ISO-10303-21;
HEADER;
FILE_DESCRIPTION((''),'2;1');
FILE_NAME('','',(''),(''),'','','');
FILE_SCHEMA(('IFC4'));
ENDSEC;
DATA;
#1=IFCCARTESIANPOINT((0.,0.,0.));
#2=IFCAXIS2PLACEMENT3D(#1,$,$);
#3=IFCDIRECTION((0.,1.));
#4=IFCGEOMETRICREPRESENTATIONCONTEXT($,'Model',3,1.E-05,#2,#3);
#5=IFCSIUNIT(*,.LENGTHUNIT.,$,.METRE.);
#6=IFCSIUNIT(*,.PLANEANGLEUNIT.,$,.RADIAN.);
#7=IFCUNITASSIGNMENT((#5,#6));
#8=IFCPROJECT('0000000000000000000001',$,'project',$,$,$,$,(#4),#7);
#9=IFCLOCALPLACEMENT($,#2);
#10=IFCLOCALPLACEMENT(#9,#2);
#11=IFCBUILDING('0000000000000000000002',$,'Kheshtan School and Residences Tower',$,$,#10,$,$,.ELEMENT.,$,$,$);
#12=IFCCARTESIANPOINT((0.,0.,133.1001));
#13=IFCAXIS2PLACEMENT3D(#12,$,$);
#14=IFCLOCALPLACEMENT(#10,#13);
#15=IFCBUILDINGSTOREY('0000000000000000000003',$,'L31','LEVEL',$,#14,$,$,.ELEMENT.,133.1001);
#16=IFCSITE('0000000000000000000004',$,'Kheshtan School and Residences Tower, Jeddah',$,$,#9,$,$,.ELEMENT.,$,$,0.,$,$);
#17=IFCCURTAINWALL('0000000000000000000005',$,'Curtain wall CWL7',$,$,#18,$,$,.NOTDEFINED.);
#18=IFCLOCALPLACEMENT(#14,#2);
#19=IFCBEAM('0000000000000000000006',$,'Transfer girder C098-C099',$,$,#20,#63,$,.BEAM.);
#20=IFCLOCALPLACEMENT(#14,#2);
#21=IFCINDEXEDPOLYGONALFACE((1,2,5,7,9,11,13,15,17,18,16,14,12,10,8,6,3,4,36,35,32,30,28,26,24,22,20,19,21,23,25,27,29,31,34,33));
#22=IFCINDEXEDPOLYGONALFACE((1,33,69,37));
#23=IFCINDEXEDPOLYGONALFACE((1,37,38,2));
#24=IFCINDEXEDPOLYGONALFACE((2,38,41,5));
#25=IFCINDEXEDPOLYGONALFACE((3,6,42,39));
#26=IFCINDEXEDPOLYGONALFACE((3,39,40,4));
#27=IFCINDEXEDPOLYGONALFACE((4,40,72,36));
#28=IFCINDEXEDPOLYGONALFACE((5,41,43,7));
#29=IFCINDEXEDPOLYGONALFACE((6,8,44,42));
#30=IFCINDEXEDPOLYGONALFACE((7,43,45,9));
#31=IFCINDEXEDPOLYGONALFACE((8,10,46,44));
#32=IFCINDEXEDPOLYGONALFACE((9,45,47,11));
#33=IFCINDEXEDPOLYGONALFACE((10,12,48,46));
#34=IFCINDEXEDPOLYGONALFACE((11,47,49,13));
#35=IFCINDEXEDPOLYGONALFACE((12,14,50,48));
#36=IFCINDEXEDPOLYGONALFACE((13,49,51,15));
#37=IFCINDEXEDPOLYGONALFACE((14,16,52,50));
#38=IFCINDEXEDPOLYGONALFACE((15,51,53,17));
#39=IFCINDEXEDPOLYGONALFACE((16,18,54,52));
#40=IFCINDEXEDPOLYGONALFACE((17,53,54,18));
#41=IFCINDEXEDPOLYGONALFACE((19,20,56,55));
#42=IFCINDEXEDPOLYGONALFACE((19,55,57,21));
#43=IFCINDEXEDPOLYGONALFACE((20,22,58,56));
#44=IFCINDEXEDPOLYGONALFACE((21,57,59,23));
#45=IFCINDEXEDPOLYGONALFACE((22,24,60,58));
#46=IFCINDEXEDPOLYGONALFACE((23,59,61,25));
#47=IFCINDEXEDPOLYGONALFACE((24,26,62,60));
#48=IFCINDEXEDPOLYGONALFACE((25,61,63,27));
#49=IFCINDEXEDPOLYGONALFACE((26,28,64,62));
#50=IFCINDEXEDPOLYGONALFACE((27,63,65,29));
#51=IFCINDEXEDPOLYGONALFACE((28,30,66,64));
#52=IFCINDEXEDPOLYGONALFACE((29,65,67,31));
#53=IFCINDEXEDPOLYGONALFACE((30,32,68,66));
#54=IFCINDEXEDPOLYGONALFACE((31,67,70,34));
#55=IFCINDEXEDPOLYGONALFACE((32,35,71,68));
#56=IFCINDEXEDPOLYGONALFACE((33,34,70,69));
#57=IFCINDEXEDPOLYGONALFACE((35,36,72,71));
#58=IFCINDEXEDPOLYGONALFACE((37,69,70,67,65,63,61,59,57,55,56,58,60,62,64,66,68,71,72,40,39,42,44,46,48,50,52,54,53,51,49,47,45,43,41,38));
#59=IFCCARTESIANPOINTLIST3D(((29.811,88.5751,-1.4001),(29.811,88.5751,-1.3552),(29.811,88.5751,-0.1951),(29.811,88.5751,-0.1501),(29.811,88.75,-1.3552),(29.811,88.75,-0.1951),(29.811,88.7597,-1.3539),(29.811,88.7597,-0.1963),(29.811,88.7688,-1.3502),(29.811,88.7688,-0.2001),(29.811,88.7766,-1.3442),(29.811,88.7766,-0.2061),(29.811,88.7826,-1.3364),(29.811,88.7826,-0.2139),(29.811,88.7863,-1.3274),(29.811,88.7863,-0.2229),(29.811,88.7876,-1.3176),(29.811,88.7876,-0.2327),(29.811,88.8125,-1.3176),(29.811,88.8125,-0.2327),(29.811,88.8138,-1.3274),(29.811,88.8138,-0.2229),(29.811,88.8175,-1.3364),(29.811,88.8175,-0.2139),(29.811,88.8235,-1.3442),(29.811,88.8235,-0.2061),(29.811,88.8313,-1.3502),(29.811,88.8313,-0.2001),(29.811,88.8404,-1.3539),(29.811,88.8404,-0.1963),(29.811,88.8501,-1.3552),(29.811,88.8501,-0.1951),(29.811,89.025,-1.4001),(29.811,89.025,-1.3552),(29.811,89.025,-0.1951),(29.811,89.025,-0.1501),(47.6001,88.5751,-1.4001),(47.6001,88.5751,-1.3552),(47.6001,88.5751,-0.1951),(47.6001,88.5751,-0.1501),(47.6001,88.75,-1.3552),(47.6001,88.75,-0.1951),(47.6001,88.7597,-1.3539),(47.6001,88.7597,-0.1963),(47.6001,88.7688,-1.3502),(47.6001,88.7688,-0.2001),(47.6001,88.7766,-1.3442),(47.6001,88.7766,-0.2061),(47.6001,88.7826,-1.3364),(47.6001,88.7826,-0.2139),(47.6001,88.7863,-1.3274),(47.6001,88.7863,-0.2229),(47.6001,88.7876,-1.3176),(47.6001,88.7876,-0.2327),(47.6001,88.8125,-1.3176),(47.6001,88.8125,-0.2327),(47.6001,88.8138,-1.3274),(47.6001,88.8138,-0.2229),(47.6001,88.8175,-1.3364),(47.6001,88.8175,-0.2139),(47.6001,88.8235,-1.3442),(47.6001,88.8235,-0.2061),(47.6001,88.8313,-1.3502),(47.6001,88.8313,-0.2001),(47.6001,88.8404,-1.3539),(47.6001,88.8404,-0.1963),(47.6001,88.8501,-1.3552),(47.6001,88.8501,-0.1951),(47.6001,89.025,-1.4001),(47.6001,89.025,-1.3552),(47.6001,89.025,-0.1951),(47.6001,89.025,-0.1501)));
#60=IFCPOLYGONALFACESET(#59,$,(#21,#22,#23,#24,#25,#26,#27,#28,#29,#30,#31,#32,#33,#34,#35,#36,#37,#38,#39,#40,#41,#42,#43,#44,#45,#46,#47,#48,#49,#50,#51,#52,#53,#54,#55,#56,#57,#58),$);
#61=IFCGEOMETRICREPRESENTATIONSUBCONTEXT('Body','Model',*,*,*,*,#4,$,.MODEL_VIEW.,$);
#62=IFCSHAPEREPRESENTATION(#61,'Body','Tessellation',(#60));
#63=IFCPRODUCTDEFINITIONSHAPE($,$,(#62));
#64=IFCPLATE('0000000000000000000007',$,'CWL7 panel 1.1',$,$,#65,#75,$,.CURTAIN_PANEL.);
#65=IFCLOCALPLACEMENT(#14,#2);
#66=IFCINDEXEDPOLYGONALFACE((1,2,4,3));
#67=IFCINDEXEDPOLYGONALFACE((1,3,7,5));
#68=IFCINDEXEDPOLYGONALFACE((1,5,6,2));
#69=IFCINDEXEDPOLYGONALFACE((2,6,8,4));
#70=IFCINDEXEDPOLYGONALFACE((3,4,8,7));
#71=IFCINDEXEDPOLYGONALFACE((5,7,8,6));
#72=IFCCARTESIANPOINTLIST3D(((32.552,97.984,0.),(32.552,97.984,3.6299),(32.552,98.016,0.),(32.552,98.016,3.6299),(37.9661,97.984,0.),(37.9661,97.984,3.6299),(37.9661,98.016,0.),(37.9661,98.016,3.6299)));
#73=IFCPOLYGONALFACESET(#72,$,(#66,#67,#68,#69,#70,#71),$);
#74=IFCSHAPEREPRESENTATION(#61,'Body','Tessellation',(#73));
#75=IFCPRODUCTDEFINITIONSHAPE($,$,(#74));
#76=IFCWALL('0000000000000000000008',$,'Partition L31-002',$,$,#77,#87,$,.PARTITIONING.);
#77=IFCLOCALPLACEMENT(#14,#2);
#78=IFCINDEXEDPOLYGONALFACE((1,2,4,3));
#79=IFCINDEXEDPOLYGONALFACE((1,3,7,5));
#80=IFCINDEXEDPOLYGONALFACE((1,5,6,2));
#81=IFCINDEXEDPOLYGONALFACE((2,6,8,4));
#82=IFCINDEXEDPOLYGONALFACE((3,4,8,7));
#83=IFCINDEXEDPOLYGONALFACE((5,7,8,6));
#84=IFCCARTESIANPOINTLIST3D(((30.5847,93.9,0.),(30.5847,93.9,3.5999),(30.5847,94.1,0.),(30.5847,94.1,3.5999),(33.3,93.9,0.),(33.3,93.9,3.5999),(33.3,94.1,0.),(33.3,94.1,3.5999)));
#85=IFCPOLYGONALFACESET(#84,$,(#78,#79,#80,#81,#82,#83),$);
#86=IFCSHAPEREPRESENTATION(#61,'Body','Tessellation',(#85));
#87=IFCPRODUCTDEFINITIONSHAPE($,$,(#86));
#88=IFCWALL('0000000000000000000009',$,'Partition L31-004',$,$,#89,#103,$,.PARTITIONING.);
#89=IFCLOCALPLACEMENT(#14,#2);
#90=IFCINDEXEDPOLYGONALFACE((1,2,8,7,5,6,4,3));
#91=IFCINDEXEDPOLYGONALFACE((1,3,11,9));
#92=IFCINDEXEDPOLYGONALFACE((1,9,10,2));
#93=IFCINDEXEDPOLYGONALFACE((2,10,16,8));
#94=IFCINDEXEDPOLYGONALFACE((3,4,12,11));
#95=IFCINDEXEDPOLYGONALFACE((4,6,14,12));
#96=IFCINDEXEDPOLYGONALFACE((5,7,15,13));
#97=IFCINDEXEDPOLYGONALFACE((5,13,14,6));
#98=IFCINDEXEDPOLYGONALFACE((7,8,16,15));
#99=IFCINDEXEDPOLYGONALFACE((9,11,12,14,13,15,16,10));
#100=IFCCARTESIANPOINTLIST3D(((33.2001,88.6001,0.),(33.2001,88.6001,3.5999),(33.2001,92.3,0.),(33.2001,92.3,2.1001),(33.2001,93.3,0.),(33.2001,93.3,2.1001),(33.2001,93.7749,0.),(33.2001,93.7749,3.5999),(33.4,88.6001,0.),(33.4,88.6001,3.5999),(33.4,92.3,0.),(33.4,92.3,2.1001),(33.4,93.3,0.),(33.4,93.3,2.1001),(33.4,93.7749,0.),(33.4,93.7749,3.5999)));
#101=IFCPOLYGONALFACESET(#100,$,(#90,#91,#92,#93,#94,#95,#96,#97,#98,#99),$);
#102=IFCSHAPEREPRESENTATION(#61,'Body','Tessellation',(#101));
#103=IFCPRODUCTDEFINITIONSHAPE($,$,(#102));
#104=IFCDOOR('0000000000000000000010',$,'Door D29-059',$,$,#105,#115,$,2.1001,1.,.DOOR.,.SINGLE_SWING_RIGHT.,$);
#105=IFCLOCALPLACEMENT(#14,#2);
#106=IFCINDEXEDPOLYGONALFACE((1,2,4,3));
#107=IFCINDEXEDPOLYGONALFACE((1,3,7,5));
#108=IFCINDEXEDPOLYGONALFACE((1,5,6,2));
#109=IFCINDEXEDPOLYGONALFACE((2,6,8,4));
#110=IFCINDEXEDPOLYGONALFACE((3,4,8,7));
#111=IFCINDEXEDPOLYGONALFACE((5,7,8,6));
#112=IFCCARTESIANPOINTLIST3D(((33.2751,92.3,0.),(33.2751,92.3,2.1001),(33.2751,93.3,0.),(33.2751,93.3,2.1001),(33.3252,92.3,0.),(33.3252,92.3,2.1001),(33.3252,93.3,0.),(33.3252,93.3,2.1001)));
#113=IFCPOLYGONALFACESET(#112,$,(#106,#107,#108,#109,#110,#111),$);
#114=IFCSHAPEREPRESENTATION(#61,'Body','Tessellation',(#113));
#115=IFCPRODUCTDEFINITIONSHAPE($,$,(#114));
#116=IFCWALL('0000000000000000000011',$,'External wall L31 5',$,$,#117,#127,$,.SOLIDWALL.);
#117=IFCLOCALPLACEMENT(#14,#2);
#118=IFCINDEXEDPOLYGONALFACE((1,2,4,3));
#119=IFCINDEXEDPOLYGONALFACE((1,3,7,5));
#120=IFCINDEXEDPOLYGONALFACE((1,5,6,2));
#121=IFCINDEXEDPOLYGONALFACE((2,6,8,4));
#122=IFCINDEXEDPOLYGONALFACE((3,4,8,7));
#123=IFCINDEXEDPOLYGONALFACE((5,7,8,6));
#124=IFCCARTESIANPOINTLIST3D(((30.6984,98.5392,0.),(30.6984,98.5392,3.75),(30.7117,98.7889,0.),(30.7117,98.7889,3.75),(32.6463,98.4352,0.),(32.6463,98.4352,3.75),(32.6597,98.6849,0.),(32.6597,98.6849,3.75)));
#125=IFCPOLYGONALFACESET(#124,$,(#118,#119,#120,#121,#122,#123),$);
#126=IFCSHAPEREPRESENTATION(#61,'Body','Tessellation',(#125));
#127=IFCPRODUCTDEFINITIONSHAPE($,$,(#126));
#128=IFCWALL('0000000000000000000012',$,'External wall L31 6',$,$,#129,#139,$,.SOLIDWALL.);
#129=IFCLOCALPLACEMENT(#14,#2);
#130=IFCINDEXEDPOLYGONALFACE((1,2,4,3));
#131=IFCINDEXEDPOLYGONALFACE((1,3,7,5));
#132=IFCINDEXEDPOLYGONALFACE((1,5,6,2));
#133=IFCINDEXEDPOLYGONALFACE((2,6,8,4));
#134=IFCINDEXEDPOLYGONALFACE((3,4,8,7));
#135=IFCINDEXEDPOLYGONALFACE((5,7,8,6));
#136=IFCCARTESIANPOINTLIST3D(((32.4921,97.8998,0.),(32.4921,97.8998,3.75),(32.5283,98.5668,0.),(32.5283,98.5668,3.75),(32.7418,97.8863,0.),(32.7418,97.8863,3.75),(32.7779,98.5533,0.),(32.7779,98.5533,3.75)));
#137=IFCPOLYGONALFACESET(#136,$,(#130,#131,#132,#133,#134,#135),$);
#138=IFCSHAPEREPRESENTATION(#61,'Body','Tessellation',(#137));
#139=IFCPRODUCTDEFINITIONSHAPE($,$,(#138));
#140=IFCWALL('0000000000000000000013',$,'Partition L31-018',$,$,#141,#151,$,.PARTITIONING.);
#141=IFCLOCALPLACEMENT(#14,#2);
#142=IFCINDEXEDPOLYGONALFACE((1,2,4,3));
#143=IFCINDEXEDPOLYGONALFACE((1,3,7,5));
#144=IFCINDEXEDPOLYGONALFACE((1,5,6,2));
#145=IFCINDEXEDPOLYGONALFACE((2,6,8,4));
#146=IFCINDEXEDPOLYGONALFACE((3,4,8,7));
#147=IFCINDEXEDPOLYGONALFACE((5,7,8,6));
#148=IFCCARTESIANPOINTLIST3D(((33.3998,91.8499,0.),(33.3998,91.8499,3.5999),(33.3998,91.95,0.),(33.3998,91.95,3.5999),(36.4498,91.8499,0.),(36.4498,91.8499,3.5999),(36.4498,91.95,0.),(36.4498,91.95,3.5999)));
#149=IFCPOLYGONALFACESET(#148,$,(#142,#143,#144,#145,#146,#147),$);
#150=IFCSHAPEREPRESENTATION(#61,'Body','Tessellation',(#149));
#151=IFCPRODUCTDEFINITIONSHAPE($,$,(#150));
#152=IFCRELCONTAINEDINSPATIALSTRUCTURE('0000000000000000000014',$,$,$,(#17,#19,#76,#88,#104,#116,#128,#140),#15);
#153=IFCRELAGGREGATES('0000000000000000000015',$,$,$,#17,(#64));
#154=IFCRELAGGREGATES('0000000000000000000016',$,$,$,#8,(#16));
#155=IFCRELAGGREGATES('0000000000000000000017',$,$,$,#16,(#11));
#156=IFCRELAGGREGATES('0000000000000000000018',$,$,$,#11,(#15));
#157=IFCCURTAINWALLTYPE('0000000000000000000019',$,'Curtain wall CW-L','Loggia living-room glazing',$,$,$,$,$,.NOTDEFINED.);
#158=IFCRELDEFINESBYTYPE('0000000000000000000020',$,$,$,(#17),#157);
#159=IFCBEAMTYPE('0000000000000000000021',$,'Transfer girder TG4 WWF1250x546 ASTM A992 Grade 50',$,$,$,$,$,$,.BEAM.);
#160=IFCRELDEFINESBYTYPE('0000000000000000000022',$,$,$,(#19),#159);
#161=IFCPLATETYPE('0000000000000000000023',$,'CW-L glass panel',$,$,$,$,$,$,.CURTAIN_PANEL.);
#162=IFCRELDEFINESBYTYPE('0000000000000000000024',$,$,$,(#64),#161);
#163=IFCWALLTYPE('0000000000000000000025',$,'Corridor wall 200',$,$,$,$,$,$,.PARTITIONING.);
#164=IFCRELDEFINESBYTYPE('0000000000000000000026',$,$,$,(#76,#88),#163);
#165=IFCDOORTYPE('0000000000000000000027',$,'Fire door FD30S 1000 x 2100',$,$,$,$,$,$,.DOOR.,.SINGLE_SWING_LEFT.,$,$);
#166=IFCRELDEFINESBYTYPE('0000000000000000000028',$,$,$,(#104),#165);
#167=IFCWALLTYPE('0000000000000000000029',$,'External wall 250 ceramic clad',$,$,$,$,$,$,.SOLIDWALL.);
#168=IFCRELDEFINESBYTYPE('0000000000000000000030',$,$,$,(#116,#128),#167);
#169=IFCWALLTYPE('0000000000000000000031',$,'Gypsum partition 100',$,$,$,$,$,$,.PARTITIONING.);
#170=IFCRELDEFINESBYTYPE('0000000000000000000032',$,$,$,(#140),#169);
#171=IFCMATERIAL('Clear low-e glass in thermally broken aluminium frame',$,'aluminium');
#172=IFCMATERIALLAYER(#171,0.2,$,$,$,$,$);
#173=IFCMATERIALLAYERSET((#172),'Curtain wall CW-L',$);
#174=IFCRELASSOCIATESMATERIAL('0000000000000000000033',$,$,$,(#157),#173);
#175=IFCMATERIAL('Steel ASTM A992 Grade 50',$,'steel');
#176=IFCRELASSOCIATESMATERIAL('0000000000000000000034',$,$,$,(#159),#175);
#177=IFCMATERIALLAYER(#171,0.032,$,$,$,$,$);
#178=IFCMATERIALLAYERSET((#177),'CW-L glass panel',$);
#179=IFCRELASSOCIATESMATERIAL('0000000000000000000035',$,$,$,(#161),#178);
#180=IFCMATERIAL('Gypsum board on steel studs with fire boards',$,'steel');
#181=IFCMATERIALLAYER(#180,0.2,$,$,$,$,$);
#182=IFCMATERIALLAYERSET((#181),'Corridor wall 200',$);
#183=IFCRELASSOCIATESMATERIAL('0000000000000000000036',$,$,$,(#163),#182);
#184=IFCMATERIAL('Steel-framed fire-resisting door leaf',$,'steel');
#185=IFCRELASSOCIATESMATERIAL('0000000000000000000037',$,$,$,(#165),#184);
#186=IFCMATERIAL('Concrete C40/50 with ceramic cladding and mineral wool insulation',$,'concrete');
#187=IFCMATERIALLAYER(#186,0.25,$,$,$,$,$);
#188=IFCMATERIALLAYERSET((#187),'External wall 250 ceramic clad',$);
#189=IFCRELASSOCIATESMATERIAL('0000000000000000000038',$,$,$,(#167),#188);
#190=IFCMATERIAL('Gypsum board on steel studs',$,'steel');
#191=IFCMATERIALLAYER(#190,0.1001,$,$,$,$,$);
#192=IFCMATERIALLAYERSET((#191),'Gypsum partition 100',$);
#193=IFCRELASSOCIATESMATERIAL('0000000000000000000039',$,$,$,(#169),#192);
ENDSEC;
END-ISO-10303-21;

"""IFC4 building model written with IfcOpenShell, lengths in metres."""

from ifc_helpers import new_model, si_unit, direction, frame, frame_2d, origin, origin_2d, place, context, subcontext, project, spatial, rectangle, i_section, extrude, source, transform, mapped, material, layer, layer_set, material_profile, profile_set, type_object, element, fill, aggregate, save


model = new_model("IFC4")

# Units and contexts
model_context = context("Model", 3, precision=1e-05, world=origin(), true_north=direction((0.0, 1.0)))
body_context = subcontext(model_context, "Body", "Model", "MODEL_VIEW")
ifc_project = project(units=[si_unit("LENGTHUNIT", "METRE"), si_unit("PLANEANGLEUNIT", "RADIAN")], contexts=[model_context])

# Site, building, storey
site_placement = place(None, origin())
site = spatial("IfcSite", under=ifc_project, at=site_placement, Name="Kheshtan School and Residences Tower, Jeddah", CompositionType="ELEMENT", RefElevation=0.0)
building_placement = place(site_placement, origin())
building = spatial("IfcBuilding", under=site, at=building_placement, Name="Kheshtan School and Residences Tower", CompositionType="ELEMENT")
storey_placement = place(building_placement, frame((0.0, 0.0, 133.1001)))
storey = spatial("IfcBuildingStorey", under=building, at=storey_placement, Name="L31", Description="LEVEL", CompositionType="ELEMENT", Elevation=133.1001)

# Shared definitions
ifc_material_1 = material(Name="Steel ASTM A992 Grade 50", Category="steel")

# Curtain wall
ifc_material_2 = material(Name="Clear low-e glass in thermally broken aluminium frame", Category="aluminium")
ifc_layer_1 = layer(ifc_material_2, 0.2)
ifc_layer_set_1 = layer_set([ifc_layer_1], Name="Curtain wall CW-L")
curtain_wall_type = type_object("IfcCurtainWallType", Name="Curtain wall CW-L", Description="Loggia living-room glazing", PredefinedType="NOTDEFINED", material=ifc_layer_set_1)
curtain_wall_placement = place(storey_placement, origin())
curtain_wall = element("IfcCurtainWall", 1, at=curtain_wall_placement, inside=storey, type_object=curtain_wall_type, Name="Curtain wall CWL7", PredefinedType="NOTDEFINED")

# Beam
ifc_material_profile_1 = material_profile(ifc_material_1, i_section(OverallWidth=0.45, OverallDepth=1.25, WebThickness=0.0249, FlangeThickness=0.0449, FilletRadius=0.0376, at=origin_2d()), Name="WWF1250x546")
ifc_profile_set_1 = profile_set([ifc_material_profile_1], Name="Steel ASTM A992 Grade 50")
beam_type_1 = type_object("IfcBeamType", Name="Transfer girder TG4 WWF1250x546 ASTM A992 Grade 50", PredefinedType="BEAM", material=ifc_profile_set_1)
beam_1_placement = place(storey_placement, frame((29.811, 88.8, -0.7751), z_axis=(1.0, 0.0, 0.0), x_axis=(0.0, 1.0, 0.0)))
element("IfcBeam", 2, at=beam_1_placement, inside=storey, type_object=beam_type_1, Name="Transfer girder C098-C099", PredefinedType="BEAM", context=body_context, shape_type="SweptSolid", body=[
    extrude(i_section(OverallWidth=0.45, OverallDepth=1.25, WebThickness=0.0249, FlangeThickness=0.0449, FilletRadius=0.0376, at=origin_2d()), origin(), (0.0, 0.0, 1.0), 17.7891),
])

# Plate
ifc_layer_2 = layer(ifc_material_2, 0.032)
ifc_layer_set_2 = layer_set([ifc_layer_2], Name="CW-L glass panel")
plate_type = type_object("IfcPlateType", Name="CW-L glass panel", PredefinedType="CURTAIN_PANEL", material=ifc_layer_set_2)
plate_placement = place(storey_placement, frame((35.259, 98.0, 0.0), z_axis=(0.0, 0.0, 1.0), x_axis=(1.0, 0.0, 0.0)))
plate = element("IfcPlate", 3, at=plate_placement, type_object=plate_type, Name="CWL7 panel 1.1", PredefinedType="CURTAIN_PANEL", context=body_context, shape_type="SweptSolid", body=[
    extrude(rectangle(XDim=5.4141, YDim=0.032, at=origin_2d()), origin(), (0.0, 0.0, 1.0), 3.6299),
])
aggregate(curtain_wall, [plate])

# Wall
ifc_material_3 = material(Name="Gypsum board on steel studs with fire boards", Category="steel")
ifc_layer_3 = layer(ifc_material_3, 0.2)
ifc_layer_set_3 = layer_set([ifc_layer_3], Name="Corridor wall 200")
wall_type_1 = type_object("IfcWallType", Name="Corridor wall 200", PredefinedType="PARTITIONING", material=ifc_layer_set_3)
wall_1_placement = place(storey_placement, frame((30.5847, 94.0, 0.0), z_axis=(0.0, 0.0, 1.0), x_axis=(1.0, 0.0, 0.0)))
element("IfcWall", 4, at=wall_1_placement, inside=storey, type_object=wall_type_1, Name="Partition L31-002", PredefinedType="PARTITIONING", context=body_context, shape_type="SweptSolid", body=[
    extrude(rectangle(XDim=2.7153, YDim=0.2, at=frame_2d((1.3577, 0.0))), origin(), (0.0, 0.0, 1.0), 3.5999),
])

# Wall, opening, door
wall_2_placement = place(storey_placement, frame((33.3, 88.6001, 0.0), z_axis=(0.0, 0.0, 1.0), x_axis=(0.0, 1.0, 0.0)))
wall_2 = element("IfcWall", 5, at=wall_2_placement, inside=storey, type_object=wall_type_1, Name="Partition L31-004", PredefinedType="PARTITIONING", context=body_context, shape_type="SweptSolid", body=[
    extrude(rectangle(XDim=5.1748, YDim=0.2, at=frame_2d((2.5874, 0.0))), origin(), (0.0, 0.0, 1.0), 3.5999),
])
opening_1_placement = place(wall_2_placement, frame((3.7, 0.0, 0.0)))
opening_1 = element("IfcOpeningElement", 6, at=opening_1_placement, cuts=wall_2, PredefinedType="OPENING", context=body_context, shape_type="SweptSolid", body=[
    extrude(rectangle(XDim=1.0, YDim=2.1001, at=frame_2d((0.5, 1.05))), frame((0.0, 0.1099, 0.0), z_axis=(0.0, -1.0, 0.0), x_axis=(1.0, 0.0, 0.0)), (0.0, 0.0, 1.0), 0.22),
])
ifc_material_4 = material(Name="Steel-framed fire-resisting door leaf", Category="steel")
door_type_1 = type_object("IfcDoorType", Name="Fire door FD30S 1000 x 2100", OperationType="SINGLE_SWING_LEFT", PredefinedType="DOOR", material=ifc_material_4)
shared_shape_1 = source(origin(), body_context, "Body", "SweptSolid", [
    extrude(rectangle(XDim=1.0, YDim=2.1001, at=frame_2d((0.5, 1.05))), frame((0.0, 0.0249, 0.0), z_axis=(0.0, -1.0, 0.0), x_axis=(1.0, 0.0, 0.0)), (0.0, 0.0, 1.0), 0.05),
])
door_1_placement = place(opening_1_placement, origin())
door_1 = element("IfcDoor", 7, at=door_1_placement, inside=storey, type_object=door_type_1, Name="Door D29-059", OperationType="SINGLE_SWING_RIGHT", OverallHeight=2.1001, OverallWidth=1.0, PredefinedType="DOOR", context=body_context, shape_type="MappedRepresentation", body=[
    mapped(shared_shape_1, transform((0.0, 0.0, 0.0), x_axis=(1.0, 0.0, 0.0), y_axis=(0.0, 1.0, 0.0), z_axis=(0.0, 0.0, 1.0), scale=1.0)),
])
fill(opening_1, door_1)

# Walls
ifc_material_5 = material(Name="Concrete C40/50 with ceramic cladding and mineral wool insulation", Category="concrete")
ifc_layer_4 = layer(ifc_material_5, 0.25)
ifc_layer_set_4 = layer_set([ifc_layer_4], Name="External wall 250 ceramic clad")
wall_type_2 = type_object("IfcWallType", Name="External wall 250 ceramic clad", PredefinedType="SOLIDWALL", material=ifc_layer_set_4)
wall_3_placement = place(storey_placement, frame((30.7051, 98.6641, 0.0), z_axis=(0.0, 0.0, 1.0), x_axis=(0.998578, -0.053314, 0.0)))
element("IfcWall", 8, at=wall_3_placement, inside=storey, type_object=wall_type_2, Name="External wall L31 5", PredefinedType="SOLIDWALL", context=body_context, shape_type="SweptSolid", body=[
    extrude(rectangle(XDim=1.9507, YDim=0.25, at=frame_2d((0.9753, 0.0))), origin(), (0.0, 0.0, 1.0), 3.75),
])
wall_4_placement = place(storey_placement, frame((32.6531, 98.5601, 0.0), z_axis=(0.0, 0.0, 1.0), x_axis=(-0.054093, -0.998536, 0.0)))
element("IfcWall", 9, at=wall_4_placement, inside=storey, type_object=wall_type_2, Name="External wall L31 6", PredefinedType="SOLIDWALL", context=body_context, shape_type="SweptSolid", body=[
    extrude(rectangle(XDim=0.668, YDim=0.25, at=frame_2d((0.334, 0.0))), origin(), (0.0, 0.0, 1.0), 3.75),
])
ifc_material_6 = material(Name="Gypsum board on steel studs", Category="steel")
ifc_layer_5 = layer(ifc_material_6, 0.1001)
ifc_layer_set_5 = layer_set([ifc_layer_5], Name="Gypsum partition 100")
wall_type_3 = type_object("IfcWallType", Name="Gypsum partition 100", PredefinedType="PARTITIONING", material=ifc_layer_set_5)
wall_5_placement = place(storey_placement, frame((33.3999, 91.8999, 0.0), z_axis=(0.0, 0.0, 1.0), x_axis=(1.0, 0.0, 0.0)))
element("IfcWall", 10, at=wall_5_placement, inside=storey, type_object=wall_type_3, Name="Partition L31-018", PredefinedType="PARTITIONING", context=body_context, shape_type="SweptSolid", body=[
    extrude(rectangle(XDim=3.05, YDim=0.1001, at=frame_2d((1.5249, 0.0))), origin(), (0.0, 0.0, 1.0), 3.5999),
])

save(model, "model.ifc")
